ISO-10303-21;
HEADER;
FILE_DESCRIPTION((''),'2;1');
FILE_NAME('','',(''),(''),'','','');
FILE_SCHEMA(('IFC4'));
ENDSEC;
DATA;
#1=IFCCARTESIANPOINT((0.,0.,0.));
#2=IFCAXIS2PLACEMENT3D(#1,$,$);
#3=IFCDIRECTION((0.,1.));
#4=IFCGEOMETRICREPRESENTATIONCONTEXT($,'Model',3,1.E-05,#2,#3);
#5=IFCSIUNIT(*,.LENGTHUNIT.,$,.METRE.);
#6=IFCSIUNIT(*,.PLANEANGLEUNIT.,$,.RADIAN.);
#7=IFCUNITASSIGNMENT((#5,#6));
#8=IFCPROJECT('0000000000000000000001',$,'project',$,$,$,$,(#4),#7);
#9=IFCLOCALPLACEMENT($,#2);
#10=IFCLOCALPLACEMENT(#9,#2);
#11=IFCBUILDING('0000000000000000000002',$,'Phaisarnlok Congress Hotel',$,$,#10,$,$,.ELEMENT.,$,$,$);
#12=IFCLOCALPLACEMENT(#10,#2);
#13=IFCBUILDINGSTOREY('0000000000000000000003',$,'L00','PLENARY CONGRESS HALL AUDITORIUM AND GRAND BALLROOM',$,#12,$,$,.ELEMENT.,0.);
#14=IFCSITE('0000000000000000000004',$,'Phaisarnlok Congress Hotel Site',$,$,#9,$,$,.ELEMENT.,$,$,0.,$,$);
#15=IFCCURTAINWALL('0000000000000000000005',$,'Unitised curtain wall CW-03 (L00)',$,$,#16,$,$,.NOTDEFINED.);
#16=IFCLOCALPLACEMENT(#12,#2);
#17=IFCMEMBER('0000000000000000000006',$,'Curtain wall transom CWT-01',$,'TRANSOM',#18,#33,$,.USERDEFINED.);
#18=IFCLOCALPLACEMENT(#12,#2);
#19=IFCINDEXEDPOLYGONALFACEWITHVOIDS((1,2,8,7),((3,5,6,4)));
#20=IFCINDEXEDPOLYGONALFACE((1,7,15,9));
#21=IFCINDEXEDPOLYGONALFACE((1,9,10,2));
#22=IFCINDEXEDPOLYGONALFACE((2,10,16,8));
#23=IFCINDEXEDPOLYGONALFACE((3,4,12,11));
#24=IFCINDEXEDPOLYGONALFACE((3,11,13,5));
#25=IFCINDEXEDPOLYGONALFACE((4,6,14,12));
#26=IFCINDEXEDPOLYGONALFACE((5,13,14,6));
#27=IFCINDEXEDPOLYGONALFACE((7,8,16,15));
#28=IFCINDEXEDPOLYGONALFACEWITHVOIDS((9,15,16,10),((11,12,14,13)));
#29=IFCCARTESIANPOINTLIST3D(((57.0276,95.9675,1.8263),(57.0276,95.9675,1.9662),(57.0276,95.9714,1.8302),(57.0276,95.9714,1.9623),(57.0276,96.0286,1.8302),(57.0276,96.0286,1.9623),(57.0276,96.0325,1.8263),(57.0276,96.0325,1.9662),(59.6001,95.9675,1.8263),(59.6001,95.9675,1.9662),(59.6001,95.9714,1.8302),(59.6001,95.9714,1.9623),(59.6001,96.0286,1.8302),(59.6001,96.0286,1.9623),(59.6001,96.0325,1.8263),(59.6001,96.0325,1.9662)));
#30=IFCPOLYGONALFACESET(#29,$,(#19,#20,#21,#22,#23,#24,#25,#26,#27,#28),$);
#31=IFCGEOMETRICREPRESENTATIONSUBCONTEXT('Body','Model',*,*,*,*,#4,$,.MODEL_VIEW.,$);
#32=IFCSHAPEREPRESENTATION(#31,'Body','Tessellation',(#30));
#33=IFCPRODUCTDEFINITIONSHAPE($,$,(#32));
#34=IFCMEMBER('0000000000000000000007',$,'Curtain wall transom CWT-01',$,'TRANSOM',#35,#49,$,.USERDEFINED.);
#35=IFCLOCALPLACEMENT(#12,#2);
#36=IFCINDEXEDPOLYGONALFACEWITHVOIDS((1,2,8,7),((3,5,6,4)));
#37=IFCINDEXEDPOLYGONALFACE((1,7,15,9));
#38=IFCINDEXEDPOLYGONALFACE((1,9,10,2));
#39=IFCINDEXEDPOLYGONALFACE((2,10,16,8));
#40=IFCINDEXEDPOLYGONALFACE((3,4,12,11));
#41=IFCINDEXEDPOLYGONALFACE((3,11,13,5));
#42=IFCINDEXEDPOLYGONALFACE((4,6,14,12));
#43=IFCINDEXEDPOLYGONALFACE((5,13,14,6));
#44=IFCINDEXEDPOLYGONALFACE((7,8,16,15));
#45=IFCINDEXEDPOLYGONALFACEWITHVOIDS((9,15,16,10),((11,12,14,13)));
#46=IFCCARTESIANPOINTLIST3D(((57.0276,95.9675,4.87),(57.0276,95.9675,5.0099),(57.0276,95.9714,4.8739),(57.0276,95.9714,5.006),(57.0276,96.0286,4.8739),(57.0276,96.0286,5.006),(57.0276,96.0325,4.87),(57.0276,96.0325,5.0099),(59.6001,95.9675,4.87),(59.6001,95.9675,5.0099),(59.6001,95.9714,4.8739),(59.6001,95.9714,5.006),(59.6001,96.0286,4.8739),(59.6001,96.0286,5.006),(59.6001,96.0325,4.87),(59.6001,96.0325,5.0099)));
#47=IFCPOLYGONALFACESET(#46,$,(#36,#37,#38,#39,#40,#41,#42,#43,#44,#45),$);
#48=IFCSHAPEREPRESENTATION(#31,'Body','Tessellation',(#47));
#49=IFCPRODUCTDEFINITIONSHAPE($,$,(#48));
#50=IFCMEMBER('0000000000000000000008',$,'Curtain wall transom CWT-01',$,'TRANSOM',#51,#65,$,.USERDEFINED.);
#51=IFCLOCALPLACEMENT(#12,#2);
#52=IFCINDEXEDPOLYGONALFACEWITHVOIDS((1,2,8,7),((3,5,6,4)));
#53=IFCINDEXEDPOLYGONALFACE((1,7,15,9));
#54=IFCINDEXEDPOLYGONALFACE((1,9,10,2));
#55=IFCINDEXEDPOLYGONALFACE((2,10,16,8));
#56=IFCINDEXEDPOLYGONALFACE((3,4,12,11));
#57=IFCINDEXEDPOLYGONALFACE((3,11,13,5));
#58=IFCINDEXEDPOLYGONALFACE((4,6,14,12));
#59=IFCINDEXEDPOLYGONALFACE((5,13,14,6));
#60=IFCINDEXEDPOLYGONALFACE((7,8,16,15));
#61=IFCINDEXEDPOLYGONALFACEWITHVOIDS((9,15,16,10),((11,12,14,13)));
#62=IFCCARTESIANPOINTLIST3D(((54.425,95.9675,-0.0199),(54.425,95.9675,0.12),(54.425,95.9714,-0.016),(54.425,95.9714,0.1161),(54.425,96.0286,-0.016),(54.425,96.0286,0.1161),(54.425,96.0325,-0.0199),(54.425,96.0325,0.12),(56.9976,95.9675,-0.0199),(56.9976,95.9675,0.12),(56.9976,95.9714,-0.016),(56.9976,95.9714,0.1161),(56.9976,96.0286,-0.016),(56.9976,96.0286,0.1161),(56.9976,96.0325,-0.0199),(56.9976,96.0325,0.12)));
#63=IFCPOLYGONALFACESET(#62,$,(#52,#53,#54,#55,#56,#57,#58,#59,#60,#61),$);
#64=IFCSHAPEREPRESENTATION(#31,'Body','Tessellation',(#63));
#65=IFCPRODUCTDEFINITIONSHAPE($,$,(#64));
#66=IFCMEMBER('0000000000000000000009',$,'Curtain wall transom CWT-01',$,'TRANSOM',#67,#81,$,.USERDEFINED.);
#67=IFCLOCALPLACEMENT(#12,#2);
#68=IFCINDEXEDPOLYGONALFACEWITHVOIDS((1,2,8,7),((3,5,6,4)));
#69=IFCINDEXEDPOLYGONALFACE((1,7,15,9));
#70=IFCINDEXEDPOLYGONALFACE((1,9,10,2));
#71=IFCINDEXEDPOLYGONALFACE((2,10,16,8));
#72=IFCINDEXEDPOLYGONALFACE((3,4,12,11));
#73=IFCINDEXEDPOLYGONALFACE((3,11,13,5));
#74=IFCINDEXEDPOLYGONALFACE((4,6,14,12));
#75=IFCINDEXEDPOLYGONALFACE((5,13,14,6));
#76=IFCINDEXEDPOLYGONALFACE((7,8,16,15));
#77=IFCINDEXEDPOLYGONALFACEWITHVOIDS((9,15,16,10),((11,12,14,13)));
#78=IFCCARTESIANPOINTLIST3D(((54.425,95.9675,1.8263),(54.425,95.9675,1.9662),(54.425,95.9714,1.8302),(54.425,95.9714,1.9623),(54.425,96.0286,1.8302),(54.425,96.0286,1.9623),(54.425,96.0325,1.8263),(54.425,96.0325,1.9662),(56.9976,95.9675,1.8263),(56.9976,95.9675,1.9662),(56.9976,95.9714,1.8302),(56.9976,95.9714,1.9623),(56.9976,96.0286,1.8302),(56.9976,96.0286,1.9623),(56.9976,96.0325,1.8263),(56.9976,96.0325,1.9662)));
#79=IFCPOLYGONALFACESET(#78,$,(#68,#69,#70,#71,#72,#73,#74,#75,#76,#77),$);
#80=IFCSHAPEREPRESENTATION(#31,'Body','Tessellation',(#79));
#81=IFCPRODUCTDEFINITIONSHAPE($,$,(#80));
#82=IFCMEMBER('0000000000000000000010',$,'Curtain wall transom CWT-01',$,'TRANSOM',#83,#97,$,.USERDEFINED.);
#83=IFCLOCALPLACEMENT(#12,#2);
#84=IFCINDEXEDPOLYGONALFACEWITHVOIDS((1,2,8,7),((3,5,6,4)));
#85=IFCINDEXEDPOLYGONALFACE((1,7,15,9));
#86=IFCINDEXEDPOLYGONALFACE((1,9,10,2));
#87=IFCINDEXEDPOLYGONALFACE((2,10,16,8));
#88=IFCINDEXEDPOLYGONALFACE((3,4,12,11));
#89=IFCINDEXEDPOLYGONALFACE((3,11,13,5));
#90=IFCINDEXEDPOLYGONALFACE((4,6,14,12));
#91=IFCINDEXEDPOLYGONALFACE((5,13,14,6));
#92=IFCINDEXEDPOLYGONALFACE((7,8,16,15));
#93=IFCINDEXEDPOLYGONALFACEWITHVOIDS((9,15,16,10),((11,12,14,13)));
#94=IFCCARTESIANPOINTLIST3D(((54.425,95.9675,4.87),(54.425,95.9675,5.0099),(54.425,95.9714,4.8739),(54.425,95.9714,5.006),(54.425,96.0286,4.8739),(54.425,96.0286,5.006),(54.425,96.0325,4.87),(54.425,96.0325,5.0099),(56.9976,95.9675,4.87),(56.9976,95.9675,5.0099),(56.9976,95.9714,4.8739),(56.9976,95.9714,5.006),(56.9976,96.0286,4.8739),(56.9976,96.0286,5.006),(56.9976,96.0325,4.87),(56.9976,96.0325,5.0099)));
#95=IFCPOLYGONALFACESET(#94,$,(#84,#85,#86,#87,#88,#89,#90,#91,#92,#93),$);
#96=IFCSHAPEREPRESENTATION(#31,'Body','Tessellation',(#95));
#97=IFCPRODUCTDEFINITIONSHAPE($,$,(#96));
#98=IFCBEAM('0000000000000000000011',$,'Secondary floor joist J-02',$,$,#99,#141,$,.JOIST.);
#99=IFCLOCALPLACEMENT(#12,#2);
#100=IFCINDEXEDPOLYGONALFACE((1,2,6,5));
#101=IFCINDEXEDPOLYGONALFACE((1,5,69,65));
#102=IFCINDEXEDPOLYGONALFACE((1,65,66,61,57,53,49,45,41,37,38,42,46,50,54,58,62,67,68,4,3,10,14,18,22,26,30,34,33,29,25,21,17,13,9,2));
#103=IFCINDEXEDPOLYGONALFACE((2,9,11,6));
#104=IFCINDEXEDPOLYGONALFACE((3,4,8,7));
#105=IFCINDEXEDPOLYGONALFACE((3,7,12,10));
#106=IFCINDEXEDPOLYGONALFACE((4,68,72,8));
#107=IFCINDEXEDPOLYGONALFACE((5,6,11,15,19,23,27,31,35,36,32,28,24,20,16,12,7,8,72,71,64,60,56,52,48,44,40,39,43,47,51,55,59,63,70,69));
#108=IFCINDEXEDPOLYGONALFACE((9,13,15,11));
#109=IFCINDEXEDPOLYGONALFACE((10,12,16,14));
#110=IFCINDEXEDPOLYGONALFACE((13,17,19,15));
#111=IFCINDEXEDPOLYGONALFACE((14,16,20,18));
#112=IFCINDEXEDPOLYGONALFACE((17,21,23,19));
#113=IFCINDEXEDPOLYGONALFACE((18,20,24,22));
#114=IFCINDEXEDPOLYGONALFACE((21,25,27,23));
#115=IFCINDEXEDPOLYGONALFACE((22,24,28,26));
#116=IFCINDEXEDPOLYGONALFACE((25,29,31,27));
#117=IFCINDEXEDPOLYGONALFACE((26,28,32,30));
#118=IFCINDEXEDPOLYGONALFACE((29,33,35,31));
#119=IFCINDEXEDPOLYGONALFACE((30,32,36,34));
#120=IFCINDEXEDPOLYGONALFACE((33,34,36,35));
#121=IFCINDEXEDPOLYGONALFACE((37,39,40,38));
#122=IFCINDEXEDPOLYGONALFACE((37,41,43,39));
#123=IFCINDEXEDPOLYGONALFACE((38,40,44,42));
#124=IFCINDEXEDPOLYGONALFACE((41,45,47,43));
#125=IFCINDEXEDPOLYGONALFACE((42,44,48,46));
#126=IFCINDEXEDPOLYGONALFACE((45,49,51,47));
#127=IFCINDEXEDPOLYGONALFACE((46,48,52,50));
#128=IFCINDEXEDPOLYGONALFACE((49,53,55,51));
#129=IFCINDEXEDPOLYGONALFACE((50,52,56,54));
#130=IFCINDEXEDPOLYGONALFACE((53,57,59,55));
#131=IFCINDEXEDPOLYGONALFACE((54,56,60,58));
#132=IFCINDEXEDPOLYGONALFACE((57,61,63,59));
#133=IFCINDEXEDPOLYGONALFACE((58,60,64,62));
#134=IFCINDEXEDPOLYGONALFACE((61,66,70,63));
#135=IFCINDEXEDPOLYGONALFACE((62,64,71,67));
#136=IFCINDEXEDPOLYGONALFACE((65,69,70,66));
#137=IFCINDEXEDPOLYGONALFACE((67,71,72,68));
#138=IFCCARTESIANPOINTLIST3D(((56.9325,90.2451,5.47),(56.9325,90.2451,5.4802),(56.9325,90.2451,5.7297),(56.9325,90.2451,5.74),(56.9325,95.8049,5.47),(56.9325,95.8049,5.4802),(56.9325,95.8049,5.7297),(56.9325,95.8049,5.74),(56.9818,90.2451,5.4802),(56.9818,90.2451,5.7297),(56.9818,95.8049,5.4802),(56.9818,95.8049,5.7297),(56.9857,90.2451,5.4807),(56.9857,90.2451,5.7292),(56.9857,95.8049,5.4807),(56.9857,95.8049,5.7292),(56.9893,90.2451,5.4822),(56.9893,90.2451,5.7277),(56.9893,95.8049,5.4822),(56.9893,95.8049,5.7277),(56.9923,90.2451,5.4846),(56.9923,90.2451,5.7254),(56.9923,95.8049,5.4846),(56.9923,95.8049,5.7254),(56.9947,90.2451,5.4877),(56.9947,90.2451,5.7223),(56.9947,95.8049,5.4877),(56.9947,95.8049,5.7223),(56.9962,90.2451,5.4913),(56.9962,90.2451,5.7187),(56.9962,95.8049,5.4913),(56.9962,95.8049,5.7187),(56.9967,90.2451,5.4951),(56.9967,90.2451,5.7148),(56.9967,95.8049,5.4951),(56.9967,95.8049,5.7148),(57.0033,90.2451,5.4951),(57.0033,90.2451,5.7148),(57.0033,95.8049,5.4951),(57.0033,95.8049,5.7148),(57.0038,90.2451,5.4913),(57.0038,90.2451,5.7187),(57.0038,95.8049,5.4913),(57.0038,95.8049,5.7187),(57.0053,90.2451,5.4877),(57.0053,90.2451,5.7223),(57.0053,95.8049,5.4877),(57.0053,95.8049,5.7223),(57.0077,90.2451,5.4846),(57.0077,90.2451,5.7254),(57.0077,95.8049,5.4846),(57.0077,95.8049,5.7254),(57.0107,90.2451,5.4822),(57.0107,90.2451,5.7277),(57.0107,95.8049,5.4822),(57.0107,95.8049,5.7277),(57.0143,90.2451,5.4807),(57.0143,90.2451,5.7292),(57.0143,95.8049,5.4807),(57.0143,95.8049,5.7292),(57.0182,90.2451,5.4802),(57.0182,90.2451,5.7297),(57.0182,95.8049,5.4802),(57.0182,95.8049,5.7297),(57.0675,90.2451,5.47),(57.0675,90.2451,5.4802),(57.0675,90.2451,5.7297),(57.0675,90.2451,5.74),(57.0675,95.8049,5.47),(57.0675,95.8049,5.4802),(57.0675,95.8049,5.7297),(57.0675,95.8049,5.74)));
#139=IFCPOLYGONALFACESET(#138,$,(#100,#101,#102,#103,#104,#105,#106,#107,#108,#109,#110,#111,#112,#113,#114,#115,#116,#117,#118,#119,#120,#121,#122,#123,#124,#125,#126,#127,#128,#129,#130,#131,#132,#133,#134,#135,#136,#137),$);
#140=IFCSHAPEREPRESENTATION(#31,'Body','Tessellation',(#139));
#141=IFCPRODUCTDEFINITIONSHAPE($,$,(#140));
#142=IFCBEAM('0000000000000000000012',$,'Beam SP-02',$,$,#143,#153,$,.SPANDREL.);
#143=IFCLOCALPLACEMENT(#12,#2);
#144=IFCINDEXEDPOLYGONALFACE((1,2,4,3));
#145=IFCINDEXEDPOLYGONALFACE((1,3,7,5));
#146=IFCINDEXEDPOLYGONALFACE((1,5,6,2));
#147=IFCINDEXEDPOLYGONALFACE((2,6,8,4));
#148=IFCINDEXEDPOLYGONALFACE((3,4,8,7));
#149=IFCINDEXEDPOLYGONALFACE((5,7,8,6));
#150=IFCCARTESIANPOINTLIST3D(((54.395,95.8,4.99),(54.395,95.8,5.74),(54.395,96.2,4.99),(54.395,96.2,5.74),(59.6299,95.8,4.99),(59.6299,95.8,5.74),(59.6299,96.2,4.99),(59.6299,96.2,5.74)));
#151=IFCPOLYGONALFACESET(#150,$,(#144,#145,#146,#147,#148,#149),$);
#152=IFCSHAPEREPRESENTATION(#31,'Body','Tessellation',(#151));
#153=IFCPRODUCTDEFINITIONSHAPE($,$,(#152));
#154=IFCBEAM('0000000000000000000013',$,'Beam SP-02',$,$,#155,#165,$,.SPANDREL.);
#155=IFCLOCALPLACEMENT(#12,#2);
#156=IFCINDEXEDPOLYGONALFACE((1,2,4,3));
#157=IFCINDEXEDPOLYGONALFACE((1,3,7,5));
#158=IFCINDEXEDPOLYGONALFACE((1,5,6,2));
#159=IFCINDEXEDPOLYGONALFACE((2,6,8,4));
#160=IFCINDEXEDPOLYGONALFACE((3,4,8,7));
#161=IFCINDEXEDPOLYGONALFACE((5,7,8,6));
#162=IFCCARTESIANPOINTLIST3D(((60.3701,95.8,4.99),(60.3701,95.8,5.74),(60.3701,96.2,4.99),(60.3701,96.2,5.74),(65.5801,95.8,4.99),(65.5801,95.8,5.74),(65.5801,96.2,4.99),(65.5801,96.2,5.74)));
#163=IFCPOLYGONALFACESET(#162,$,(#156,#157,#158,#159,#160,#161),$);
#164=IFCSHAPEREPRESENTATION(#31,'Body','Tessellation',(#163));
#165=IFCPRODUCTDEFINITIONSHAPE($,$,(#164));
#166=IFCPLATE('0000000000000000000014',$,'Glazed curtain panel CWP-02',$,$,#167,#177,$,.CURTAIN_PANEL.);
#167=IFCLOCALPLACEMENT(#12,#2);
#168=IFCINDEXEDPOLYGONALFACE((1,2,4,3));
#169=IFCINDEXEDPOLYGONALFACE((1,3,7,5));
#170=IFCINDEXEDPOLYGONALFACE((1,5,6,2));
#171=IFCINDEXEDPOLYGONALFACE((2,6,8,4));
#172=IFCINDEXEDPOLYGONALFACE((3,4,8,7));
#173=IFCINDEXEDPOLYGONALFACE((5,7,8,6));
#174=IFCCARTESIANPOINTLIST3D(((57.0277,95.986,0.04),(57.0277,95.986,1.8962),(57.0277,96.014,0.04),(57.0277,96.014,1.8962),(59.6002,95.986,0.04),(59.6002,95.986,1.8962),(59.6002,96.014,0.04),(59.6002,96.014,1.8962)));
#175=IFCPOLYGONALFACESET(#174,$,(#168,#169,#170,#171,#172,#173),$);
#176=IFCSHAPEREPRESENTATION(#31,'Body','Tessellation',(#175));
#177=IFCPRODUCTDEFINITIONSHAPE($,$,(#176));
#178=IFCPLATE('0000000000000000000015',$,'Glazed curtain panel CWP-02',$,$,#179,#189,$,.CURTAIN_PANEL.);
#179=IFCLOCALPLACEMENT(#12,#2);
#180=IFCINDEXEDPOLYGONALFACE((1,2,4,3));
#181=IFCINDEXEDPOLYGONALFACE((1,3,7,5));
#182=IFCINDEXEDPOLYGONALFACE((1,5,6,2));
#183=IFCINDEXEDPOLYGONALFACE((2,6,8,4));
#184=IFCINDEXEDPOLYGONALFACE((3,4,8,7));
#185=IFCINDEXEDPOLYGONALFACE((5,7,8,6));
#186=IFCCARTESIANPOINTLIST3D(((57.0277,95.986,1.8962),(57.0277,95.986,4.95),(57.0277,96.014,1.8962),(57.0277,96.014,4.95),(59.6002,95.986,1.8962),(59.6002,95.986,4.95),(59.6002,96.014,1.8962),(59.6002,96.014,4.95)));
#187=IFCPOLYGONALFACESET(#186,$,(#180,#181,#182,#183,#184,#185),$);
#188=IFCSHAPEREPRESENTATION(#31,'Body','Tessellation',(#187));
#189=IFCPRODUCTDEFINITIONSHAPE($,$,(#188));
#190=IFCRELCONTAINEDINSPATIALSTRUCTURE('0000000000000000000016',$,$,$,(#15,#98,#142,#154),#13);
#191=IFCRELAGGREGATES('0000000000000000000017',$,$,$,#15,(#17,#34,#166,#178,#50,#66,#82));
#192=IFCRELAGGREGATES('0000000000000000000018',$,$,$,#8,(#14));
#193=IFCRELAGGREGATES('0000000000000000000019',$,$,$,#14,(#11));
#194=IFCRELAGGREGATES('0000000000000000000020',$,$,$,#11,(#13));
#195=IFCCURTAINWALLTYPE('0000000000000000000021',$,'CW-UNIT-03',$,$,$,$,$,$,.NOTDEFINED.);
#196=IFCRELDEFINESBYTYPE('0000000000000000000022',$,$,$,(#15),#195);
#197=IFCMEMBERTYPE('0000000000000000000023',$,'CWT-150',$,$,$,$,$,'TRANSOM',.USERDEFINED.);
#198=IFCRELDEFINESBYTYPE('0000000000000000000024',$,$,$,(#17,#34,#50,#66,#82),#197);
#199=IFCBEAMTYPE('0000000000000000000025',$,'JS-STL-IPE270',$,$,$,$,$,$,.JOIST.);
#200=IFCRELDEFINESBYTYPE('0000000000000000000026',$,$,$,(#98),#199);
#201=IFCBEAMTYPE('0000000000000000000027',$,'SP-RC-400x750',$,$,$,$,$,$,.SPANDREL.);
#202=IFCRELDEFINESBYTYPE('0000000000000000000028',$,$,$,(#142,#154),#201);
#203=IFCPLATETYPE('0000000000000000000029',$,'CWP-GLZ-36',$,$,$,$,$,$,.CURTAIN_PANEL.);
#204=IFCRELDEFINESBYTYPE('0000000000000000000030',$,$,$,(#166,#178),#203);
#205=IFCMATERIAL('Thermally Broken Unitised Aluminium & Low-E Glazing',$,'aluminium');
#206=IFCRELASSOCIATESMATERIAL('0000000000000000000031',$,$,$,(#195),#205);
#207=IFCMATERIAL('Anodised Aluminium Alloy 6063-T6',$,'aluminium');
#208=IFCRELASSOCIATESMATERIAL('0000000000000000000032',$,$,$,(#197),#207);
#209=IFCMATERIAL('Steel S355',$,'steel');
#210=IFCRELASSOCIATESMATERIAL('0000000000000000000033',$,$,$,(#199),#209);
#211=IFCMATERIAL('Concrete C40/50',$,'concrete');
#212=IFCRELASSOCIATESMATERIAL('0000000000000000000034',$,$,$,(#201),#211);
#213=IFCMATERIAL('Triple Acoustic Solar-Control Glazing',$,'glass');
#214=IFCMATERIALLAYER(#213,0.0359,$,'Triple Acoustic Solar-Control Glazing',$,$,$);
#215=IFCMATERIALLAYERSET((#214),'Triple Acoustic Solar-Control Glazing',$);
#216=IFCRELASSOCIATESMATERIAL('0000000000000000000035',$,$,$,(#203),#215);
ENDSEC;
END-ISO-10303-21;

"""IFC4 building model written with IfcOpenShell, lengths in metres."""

from ifc_helpers import new_model, si_unit, direction, frame, frame_2d, origin, origin_2d, place, context, subcontext, project, spatial, rectangle, hollow_rectangle, i_section, extrude, material, layer, layer_set, material_profile, profile_set, type_object, element, aggregate, save


model = new_model("IFC4")

# Units and contexts
model_context = context("Model", 3, precision=1e-05, world=origin(), true_north=direction((0.0, 1.0)))
body_context = subcontext(model_context, "Body", "Model", "MODEL_VIEW")
ifc_project = project(units=[si_unit("LENGTHUNIT", "METRE"), si_unit("PLANEANGLEUNIT", "RADIAN")], contexts=[model_context])

# Site, building, storey
site_placement = place(None, origin())
site = spatial("IfcSite", under=ifc_project, at=site_placement, Name="Phaisarnlok Congress Hotel Site", CompositionType="ELEMENT", RefElevation=0.0)
building_placement = place(site_placement, origin())
building = spatial("IfcBuilding", under=site, at=building_placement, Name="Phaisarnlok Congress Hotel", CompositionType="ELEMENT")
storey_placement = place(building_placement, origin())
storey = spatial("IfcBuildingStorey", under=building, at=storey_placement, Name="L00", Description="PLENARY CONGRESS HALL AUDITORIUM AND GRAND BALLROOM", CompositionType="ELEMENT", Elevation=0.0)

# Shared definitions
ifc_material_1 = material(Name="Concrete C40/50", Category="concrete")

# Curtain wall, members
ifc_material_2 = material(Name="Thermally Broken Unitised Aluminium & Low-E Glazing", Category="aluminium")
curtain_wall_type = type_object("IfcCurtainWallType", Name="CW-UNIT-03", PredefinedType="NOTDEFINED", material=ifc_material_2)
curtain_wall_placement = place(storey_placement, origin())
curtain_wall = element("IfcCurtainWall", 1, at=curtain_wall_placement, inside=storey, type_object=curtain_wall_type, Name="Unitised curtain wall CW-03 (L00)", PredefinedType="NOTDEFINED")
ifc_material_3 = material(Name="Anodised Aluminium Alloy 6063-T6", Category="aluminium")
ifc_material_profile_1 = material_profile(ifc_material_3, hollow_rectangle(XDim=0.0649, YDim=0.1399, WallThickness=0.0039, at=origin_2d()), Name="ALU-T 65x140x4")
ifc_profile_set_1 = profile_set([ifc_material_profile_1], Name="Anodised Aluminium Alloy 6063-T6")
member_type_1 = type_object("IfcMemberType", Name="CWT-150", ElementType="TRANSOM", PredefinedType="USERDEFINED", material=ifc_profile_set_1)
member_1_placement = place(storey_placement, frame((59.6001, 96.0, 1.8962), z_axis=(-1.0, 0.0, 0.0), x_axis=(0.0, -1.0, 0.0)))
member_1 = element("IfcMember", 2, at=member_1_placement, type_object=member_type_1, Name="Curtain wall transom CWT-01", ObjectType="TRANSOM", PredefinedType="USERDEFINED", context=body_context, shape_type="SweptSolid", body=[
    extrude(hollow_rectangle(XDim=0.0649, YDim=0.1399, WallThickness=0.0039, at=origin_2d()), origin(), (0.0, 0.0, 1.0), 2.5725),
])
member_2_placement = place(storey_placement, frame((59.6001, 96.0, 4.9399), z_axis=(-1.0, 0.0, 0.0), x_axis=(0.0, -1.0, 0.0)))
member_2 = element("IfcMember", 3, at=member_2_placement, type_object=member_type_1, Name="Curtain wall transom CWT-01", ObjectType="TRANSOM", PredefinedType="USERDEFINED", context=body_context, shape_type="SweptSolid", body=[
    extrude(hollow_rectangle(XDim=0.0649, YDim=0.1399, WallThickness=0.0039, at=origin_2d()), origin(), (0.0, 0.0, 1.0), 2.5725),
])
member_3_placement = place(storey_placement, frame((56.9976, 96.0, 0.05), z_axis=(-1.0, 0.0, 0.0), x_axis=(0.0, -1.0, 0.0)))
member_3 = element("IfcMember", 4, at=member_3_placement, type_object=member_type_1, Name="Curtain wall transom CWT-01", ObjectType="TRANSOM", PredefinedType="USERDEFINED", context=body_context, shape_type="SweptSolid", body=[
    extrude(hollow_rectangle(XDim=0.0649, YDim=0.1399, WallThickness=0.0039, at=origin_2d()), origin(), (0.0, 0.0, 1.0), 2.5725),
])
member_4_placement = place(storey_placement, frame((56.9976, 96.0, 1.8962), z_axis=(-1.0, 0.0, 0.0), x_axis=(0.0, -1.0, 0.0)))
member_4 = element("IfcMember", 5, at=member_4_placement, type_object=member_type_1, Name="Curtain wall transom CWT-01", ObjectType="TRANSOM", PredefinedType="USERDEFINED", context=body_context, shape_type="SweptSolid", body=[
    extrude(hollow_rectangle(XDim=0.0649, YDim=0.1399, WallThickness=0.0039, at=origin_2d()), origin(), (0.0, 0.0, 1.0), 2.5725),
])
member_5_placement = place(storey_placement, frame((56.9976, 96.0, 4.9399), z_axis=(-1.0, 0.0, 0.0), x_axis=(0.0, -1.0, 0.0)))
member_5 = element("IfcMember", 6, at=member_5_placement, type_object=member_type_1, Name="Curtain wall transom CWT-01", ObjectType="TRANSOM", PredefinedType="USERDEFINED", context=body_context, shape_type="SweptSolid", body=[
    extrude(hollow_rectangle(XDim=0.0649, YDim=0.1399, WallThickness=0.0039, at=origin_2d()), origin(), (0.0, 0.0, 1.0), 2.5725),
])

# Beams
ifc_material_4 = material(Name="Steel S355", Category="steel")
ifc_material_profile_2 = material_profile(ifc_material_4, i_section(OverallWidth=0.135, OverallDepth=0.27, WebThickness=0.0066, FlangeThickness=0.0103, FilletRadius=0.0149, at=origin_2d()), Name="IPE 270")
ifc_profile_set_2 = profile_set([ifc_material_profile_2], Name="Steel S355")
beam_type_1 = type_object("IfcBeamType", Name="JS-STL-IPE270", PredefinedType="JOIST", material=ifc_profile_set_2)
beam_1_placement = place(storey_placement, frame((57.0, 90.2451, 5.605), z_axis=(0.0, 1.0, 0.0), x_axis=(-1.0, 0.0, 0.0)))
element("IfcBeam", 7, at=beam_1_placement, inside=storey, type_object=beam_type_1, Name="Secondary floor joist J-02", PredefinedType="JOIST", context=body_context, shape_type="SweptSolid", body=[
    extrude(i_section(OverallWidth=0.135, OverallDepth=0.27, WebThickness=0.0066, FlangeThickness=0.0103, FilletRadius=0.0149, at=origin_2d()), origin(), (0.0, 0.0, 1.0), 5.5598),
])
ifc_material_profile_3 = material_profile(ifc_material_1, rectangle(XDim=0.3999, YDim=0.75, at=origin_2d()), Name="RC 400x750")
ifc_profile_set_3 = profile_set([ifc_material_profile_3], Name="Concrete C40/50")
beam_type_2 = type_object("IfcBeamType", Name="SP-RC-400x750", PredefinedType="SPANDREL", material=ifc_profile_set_3)
beam_2_placement = place(storey_placement, frame((54.395, 96.0, 5.365), z_axis=(1.0, 0.0, 0.0), x_axis=(0.0, 1.0, 0.0)))
element("IfcBeam", 8, at=beam_2_placement, inside=storey, type_object=beam_type_2, Name="Beam SP-02", PredefinedType="SPANDREL", context=body_context, shape_type="SweptSolid", body=[
    extrude(rectangle(XDim=0.3999, YDim=0.75, at=origin_2d()), origin(), (0.0, 0.0, 1.0), 5.2349),
])
beam_3_placement = place(storey_placement, frame((60.3701, 96.0, 5.365), z_axis=(1.0, 0.0, 0.0), x_axis=(0.0, 1.0, 0.0)))
element("IfcBeam", 9, at=beam_3_placement, inside=storey, type_object=beam_type_2, Name="Beam SP-02", PredefinedType="SPANDREL", context=body_context, shape_type="SweptSolid", body=[
    extrude(rectangle(XDim=0.3999, YDim=0.75, at=origin_2d()), origin(), (0.0, 0.0, 1.0), 5.21),
])

# Plates
ifc_material_5 = material(Name="Triple Acoustic Solar-Control Glazing", Category="glass")
ifc_layer_1 = layer(ifc_material_5, 0.0359, Name="Triple Acoustic Solar-Control Glazing")
ifc_layer_set_1 = layer_set([ifc_layer_1], Name="Triple Acoustic Solar-Control Glazing")
plate_type = type_object("IfcPlateType", Name="CWP-GLZ-36", PredefinedType="CURTAIN_PANEL", material=ifc_layer_set_1)
plate_1_placement = place(storey_placement, frame((59.6001, 96.0, 0.04), z_axis=(0.0, 0.0, 1.0), x_axis=(-1.0, 0.0, 0.0)))
plate_1 = element("IfcPlate", 10, at=plate_1_placement, type_object=plate_type, Name="Glazed curtain panel CWP-02", PredefinedType="CURTAIN_PANEL", context=body_context, shape_type="SweptSolid", body=[
    extrude(rectangle(XDim=2.5725, YDim=0.0281, at=frame_2d((1.2861, 0.0))), origin(), (0.0, 0.0, 1.0), 1.8562),
])
plate_2_placement = place(storey_placement, frame((59.6001, 96.0, 1.8962), z_axis=(0.0, 0.0, 1.0), x_axis=(-1.0, 0.0, 0.0)))
plate_2 = element("IfcPlate", 11, at=plate_2_placement, type_object=plate_type, Name="Glazed curtain panel CWP-02", PredefinedType="CURTAIN_PANEL", context=body_context, shape_type="SweptSolid", body=[
    extrude(rectangle(XDim=2.5725, YDim=0.0281, at=frame_2d((1.2861, 0.0))), origin(), (0.0, 0.0, 1.0), 3.0537),
])
aggregate(curtain_wall, [member_1, member_2, plate_1, plate_2, member_3, member_4, member_5])

save(model, "model.ifc")
